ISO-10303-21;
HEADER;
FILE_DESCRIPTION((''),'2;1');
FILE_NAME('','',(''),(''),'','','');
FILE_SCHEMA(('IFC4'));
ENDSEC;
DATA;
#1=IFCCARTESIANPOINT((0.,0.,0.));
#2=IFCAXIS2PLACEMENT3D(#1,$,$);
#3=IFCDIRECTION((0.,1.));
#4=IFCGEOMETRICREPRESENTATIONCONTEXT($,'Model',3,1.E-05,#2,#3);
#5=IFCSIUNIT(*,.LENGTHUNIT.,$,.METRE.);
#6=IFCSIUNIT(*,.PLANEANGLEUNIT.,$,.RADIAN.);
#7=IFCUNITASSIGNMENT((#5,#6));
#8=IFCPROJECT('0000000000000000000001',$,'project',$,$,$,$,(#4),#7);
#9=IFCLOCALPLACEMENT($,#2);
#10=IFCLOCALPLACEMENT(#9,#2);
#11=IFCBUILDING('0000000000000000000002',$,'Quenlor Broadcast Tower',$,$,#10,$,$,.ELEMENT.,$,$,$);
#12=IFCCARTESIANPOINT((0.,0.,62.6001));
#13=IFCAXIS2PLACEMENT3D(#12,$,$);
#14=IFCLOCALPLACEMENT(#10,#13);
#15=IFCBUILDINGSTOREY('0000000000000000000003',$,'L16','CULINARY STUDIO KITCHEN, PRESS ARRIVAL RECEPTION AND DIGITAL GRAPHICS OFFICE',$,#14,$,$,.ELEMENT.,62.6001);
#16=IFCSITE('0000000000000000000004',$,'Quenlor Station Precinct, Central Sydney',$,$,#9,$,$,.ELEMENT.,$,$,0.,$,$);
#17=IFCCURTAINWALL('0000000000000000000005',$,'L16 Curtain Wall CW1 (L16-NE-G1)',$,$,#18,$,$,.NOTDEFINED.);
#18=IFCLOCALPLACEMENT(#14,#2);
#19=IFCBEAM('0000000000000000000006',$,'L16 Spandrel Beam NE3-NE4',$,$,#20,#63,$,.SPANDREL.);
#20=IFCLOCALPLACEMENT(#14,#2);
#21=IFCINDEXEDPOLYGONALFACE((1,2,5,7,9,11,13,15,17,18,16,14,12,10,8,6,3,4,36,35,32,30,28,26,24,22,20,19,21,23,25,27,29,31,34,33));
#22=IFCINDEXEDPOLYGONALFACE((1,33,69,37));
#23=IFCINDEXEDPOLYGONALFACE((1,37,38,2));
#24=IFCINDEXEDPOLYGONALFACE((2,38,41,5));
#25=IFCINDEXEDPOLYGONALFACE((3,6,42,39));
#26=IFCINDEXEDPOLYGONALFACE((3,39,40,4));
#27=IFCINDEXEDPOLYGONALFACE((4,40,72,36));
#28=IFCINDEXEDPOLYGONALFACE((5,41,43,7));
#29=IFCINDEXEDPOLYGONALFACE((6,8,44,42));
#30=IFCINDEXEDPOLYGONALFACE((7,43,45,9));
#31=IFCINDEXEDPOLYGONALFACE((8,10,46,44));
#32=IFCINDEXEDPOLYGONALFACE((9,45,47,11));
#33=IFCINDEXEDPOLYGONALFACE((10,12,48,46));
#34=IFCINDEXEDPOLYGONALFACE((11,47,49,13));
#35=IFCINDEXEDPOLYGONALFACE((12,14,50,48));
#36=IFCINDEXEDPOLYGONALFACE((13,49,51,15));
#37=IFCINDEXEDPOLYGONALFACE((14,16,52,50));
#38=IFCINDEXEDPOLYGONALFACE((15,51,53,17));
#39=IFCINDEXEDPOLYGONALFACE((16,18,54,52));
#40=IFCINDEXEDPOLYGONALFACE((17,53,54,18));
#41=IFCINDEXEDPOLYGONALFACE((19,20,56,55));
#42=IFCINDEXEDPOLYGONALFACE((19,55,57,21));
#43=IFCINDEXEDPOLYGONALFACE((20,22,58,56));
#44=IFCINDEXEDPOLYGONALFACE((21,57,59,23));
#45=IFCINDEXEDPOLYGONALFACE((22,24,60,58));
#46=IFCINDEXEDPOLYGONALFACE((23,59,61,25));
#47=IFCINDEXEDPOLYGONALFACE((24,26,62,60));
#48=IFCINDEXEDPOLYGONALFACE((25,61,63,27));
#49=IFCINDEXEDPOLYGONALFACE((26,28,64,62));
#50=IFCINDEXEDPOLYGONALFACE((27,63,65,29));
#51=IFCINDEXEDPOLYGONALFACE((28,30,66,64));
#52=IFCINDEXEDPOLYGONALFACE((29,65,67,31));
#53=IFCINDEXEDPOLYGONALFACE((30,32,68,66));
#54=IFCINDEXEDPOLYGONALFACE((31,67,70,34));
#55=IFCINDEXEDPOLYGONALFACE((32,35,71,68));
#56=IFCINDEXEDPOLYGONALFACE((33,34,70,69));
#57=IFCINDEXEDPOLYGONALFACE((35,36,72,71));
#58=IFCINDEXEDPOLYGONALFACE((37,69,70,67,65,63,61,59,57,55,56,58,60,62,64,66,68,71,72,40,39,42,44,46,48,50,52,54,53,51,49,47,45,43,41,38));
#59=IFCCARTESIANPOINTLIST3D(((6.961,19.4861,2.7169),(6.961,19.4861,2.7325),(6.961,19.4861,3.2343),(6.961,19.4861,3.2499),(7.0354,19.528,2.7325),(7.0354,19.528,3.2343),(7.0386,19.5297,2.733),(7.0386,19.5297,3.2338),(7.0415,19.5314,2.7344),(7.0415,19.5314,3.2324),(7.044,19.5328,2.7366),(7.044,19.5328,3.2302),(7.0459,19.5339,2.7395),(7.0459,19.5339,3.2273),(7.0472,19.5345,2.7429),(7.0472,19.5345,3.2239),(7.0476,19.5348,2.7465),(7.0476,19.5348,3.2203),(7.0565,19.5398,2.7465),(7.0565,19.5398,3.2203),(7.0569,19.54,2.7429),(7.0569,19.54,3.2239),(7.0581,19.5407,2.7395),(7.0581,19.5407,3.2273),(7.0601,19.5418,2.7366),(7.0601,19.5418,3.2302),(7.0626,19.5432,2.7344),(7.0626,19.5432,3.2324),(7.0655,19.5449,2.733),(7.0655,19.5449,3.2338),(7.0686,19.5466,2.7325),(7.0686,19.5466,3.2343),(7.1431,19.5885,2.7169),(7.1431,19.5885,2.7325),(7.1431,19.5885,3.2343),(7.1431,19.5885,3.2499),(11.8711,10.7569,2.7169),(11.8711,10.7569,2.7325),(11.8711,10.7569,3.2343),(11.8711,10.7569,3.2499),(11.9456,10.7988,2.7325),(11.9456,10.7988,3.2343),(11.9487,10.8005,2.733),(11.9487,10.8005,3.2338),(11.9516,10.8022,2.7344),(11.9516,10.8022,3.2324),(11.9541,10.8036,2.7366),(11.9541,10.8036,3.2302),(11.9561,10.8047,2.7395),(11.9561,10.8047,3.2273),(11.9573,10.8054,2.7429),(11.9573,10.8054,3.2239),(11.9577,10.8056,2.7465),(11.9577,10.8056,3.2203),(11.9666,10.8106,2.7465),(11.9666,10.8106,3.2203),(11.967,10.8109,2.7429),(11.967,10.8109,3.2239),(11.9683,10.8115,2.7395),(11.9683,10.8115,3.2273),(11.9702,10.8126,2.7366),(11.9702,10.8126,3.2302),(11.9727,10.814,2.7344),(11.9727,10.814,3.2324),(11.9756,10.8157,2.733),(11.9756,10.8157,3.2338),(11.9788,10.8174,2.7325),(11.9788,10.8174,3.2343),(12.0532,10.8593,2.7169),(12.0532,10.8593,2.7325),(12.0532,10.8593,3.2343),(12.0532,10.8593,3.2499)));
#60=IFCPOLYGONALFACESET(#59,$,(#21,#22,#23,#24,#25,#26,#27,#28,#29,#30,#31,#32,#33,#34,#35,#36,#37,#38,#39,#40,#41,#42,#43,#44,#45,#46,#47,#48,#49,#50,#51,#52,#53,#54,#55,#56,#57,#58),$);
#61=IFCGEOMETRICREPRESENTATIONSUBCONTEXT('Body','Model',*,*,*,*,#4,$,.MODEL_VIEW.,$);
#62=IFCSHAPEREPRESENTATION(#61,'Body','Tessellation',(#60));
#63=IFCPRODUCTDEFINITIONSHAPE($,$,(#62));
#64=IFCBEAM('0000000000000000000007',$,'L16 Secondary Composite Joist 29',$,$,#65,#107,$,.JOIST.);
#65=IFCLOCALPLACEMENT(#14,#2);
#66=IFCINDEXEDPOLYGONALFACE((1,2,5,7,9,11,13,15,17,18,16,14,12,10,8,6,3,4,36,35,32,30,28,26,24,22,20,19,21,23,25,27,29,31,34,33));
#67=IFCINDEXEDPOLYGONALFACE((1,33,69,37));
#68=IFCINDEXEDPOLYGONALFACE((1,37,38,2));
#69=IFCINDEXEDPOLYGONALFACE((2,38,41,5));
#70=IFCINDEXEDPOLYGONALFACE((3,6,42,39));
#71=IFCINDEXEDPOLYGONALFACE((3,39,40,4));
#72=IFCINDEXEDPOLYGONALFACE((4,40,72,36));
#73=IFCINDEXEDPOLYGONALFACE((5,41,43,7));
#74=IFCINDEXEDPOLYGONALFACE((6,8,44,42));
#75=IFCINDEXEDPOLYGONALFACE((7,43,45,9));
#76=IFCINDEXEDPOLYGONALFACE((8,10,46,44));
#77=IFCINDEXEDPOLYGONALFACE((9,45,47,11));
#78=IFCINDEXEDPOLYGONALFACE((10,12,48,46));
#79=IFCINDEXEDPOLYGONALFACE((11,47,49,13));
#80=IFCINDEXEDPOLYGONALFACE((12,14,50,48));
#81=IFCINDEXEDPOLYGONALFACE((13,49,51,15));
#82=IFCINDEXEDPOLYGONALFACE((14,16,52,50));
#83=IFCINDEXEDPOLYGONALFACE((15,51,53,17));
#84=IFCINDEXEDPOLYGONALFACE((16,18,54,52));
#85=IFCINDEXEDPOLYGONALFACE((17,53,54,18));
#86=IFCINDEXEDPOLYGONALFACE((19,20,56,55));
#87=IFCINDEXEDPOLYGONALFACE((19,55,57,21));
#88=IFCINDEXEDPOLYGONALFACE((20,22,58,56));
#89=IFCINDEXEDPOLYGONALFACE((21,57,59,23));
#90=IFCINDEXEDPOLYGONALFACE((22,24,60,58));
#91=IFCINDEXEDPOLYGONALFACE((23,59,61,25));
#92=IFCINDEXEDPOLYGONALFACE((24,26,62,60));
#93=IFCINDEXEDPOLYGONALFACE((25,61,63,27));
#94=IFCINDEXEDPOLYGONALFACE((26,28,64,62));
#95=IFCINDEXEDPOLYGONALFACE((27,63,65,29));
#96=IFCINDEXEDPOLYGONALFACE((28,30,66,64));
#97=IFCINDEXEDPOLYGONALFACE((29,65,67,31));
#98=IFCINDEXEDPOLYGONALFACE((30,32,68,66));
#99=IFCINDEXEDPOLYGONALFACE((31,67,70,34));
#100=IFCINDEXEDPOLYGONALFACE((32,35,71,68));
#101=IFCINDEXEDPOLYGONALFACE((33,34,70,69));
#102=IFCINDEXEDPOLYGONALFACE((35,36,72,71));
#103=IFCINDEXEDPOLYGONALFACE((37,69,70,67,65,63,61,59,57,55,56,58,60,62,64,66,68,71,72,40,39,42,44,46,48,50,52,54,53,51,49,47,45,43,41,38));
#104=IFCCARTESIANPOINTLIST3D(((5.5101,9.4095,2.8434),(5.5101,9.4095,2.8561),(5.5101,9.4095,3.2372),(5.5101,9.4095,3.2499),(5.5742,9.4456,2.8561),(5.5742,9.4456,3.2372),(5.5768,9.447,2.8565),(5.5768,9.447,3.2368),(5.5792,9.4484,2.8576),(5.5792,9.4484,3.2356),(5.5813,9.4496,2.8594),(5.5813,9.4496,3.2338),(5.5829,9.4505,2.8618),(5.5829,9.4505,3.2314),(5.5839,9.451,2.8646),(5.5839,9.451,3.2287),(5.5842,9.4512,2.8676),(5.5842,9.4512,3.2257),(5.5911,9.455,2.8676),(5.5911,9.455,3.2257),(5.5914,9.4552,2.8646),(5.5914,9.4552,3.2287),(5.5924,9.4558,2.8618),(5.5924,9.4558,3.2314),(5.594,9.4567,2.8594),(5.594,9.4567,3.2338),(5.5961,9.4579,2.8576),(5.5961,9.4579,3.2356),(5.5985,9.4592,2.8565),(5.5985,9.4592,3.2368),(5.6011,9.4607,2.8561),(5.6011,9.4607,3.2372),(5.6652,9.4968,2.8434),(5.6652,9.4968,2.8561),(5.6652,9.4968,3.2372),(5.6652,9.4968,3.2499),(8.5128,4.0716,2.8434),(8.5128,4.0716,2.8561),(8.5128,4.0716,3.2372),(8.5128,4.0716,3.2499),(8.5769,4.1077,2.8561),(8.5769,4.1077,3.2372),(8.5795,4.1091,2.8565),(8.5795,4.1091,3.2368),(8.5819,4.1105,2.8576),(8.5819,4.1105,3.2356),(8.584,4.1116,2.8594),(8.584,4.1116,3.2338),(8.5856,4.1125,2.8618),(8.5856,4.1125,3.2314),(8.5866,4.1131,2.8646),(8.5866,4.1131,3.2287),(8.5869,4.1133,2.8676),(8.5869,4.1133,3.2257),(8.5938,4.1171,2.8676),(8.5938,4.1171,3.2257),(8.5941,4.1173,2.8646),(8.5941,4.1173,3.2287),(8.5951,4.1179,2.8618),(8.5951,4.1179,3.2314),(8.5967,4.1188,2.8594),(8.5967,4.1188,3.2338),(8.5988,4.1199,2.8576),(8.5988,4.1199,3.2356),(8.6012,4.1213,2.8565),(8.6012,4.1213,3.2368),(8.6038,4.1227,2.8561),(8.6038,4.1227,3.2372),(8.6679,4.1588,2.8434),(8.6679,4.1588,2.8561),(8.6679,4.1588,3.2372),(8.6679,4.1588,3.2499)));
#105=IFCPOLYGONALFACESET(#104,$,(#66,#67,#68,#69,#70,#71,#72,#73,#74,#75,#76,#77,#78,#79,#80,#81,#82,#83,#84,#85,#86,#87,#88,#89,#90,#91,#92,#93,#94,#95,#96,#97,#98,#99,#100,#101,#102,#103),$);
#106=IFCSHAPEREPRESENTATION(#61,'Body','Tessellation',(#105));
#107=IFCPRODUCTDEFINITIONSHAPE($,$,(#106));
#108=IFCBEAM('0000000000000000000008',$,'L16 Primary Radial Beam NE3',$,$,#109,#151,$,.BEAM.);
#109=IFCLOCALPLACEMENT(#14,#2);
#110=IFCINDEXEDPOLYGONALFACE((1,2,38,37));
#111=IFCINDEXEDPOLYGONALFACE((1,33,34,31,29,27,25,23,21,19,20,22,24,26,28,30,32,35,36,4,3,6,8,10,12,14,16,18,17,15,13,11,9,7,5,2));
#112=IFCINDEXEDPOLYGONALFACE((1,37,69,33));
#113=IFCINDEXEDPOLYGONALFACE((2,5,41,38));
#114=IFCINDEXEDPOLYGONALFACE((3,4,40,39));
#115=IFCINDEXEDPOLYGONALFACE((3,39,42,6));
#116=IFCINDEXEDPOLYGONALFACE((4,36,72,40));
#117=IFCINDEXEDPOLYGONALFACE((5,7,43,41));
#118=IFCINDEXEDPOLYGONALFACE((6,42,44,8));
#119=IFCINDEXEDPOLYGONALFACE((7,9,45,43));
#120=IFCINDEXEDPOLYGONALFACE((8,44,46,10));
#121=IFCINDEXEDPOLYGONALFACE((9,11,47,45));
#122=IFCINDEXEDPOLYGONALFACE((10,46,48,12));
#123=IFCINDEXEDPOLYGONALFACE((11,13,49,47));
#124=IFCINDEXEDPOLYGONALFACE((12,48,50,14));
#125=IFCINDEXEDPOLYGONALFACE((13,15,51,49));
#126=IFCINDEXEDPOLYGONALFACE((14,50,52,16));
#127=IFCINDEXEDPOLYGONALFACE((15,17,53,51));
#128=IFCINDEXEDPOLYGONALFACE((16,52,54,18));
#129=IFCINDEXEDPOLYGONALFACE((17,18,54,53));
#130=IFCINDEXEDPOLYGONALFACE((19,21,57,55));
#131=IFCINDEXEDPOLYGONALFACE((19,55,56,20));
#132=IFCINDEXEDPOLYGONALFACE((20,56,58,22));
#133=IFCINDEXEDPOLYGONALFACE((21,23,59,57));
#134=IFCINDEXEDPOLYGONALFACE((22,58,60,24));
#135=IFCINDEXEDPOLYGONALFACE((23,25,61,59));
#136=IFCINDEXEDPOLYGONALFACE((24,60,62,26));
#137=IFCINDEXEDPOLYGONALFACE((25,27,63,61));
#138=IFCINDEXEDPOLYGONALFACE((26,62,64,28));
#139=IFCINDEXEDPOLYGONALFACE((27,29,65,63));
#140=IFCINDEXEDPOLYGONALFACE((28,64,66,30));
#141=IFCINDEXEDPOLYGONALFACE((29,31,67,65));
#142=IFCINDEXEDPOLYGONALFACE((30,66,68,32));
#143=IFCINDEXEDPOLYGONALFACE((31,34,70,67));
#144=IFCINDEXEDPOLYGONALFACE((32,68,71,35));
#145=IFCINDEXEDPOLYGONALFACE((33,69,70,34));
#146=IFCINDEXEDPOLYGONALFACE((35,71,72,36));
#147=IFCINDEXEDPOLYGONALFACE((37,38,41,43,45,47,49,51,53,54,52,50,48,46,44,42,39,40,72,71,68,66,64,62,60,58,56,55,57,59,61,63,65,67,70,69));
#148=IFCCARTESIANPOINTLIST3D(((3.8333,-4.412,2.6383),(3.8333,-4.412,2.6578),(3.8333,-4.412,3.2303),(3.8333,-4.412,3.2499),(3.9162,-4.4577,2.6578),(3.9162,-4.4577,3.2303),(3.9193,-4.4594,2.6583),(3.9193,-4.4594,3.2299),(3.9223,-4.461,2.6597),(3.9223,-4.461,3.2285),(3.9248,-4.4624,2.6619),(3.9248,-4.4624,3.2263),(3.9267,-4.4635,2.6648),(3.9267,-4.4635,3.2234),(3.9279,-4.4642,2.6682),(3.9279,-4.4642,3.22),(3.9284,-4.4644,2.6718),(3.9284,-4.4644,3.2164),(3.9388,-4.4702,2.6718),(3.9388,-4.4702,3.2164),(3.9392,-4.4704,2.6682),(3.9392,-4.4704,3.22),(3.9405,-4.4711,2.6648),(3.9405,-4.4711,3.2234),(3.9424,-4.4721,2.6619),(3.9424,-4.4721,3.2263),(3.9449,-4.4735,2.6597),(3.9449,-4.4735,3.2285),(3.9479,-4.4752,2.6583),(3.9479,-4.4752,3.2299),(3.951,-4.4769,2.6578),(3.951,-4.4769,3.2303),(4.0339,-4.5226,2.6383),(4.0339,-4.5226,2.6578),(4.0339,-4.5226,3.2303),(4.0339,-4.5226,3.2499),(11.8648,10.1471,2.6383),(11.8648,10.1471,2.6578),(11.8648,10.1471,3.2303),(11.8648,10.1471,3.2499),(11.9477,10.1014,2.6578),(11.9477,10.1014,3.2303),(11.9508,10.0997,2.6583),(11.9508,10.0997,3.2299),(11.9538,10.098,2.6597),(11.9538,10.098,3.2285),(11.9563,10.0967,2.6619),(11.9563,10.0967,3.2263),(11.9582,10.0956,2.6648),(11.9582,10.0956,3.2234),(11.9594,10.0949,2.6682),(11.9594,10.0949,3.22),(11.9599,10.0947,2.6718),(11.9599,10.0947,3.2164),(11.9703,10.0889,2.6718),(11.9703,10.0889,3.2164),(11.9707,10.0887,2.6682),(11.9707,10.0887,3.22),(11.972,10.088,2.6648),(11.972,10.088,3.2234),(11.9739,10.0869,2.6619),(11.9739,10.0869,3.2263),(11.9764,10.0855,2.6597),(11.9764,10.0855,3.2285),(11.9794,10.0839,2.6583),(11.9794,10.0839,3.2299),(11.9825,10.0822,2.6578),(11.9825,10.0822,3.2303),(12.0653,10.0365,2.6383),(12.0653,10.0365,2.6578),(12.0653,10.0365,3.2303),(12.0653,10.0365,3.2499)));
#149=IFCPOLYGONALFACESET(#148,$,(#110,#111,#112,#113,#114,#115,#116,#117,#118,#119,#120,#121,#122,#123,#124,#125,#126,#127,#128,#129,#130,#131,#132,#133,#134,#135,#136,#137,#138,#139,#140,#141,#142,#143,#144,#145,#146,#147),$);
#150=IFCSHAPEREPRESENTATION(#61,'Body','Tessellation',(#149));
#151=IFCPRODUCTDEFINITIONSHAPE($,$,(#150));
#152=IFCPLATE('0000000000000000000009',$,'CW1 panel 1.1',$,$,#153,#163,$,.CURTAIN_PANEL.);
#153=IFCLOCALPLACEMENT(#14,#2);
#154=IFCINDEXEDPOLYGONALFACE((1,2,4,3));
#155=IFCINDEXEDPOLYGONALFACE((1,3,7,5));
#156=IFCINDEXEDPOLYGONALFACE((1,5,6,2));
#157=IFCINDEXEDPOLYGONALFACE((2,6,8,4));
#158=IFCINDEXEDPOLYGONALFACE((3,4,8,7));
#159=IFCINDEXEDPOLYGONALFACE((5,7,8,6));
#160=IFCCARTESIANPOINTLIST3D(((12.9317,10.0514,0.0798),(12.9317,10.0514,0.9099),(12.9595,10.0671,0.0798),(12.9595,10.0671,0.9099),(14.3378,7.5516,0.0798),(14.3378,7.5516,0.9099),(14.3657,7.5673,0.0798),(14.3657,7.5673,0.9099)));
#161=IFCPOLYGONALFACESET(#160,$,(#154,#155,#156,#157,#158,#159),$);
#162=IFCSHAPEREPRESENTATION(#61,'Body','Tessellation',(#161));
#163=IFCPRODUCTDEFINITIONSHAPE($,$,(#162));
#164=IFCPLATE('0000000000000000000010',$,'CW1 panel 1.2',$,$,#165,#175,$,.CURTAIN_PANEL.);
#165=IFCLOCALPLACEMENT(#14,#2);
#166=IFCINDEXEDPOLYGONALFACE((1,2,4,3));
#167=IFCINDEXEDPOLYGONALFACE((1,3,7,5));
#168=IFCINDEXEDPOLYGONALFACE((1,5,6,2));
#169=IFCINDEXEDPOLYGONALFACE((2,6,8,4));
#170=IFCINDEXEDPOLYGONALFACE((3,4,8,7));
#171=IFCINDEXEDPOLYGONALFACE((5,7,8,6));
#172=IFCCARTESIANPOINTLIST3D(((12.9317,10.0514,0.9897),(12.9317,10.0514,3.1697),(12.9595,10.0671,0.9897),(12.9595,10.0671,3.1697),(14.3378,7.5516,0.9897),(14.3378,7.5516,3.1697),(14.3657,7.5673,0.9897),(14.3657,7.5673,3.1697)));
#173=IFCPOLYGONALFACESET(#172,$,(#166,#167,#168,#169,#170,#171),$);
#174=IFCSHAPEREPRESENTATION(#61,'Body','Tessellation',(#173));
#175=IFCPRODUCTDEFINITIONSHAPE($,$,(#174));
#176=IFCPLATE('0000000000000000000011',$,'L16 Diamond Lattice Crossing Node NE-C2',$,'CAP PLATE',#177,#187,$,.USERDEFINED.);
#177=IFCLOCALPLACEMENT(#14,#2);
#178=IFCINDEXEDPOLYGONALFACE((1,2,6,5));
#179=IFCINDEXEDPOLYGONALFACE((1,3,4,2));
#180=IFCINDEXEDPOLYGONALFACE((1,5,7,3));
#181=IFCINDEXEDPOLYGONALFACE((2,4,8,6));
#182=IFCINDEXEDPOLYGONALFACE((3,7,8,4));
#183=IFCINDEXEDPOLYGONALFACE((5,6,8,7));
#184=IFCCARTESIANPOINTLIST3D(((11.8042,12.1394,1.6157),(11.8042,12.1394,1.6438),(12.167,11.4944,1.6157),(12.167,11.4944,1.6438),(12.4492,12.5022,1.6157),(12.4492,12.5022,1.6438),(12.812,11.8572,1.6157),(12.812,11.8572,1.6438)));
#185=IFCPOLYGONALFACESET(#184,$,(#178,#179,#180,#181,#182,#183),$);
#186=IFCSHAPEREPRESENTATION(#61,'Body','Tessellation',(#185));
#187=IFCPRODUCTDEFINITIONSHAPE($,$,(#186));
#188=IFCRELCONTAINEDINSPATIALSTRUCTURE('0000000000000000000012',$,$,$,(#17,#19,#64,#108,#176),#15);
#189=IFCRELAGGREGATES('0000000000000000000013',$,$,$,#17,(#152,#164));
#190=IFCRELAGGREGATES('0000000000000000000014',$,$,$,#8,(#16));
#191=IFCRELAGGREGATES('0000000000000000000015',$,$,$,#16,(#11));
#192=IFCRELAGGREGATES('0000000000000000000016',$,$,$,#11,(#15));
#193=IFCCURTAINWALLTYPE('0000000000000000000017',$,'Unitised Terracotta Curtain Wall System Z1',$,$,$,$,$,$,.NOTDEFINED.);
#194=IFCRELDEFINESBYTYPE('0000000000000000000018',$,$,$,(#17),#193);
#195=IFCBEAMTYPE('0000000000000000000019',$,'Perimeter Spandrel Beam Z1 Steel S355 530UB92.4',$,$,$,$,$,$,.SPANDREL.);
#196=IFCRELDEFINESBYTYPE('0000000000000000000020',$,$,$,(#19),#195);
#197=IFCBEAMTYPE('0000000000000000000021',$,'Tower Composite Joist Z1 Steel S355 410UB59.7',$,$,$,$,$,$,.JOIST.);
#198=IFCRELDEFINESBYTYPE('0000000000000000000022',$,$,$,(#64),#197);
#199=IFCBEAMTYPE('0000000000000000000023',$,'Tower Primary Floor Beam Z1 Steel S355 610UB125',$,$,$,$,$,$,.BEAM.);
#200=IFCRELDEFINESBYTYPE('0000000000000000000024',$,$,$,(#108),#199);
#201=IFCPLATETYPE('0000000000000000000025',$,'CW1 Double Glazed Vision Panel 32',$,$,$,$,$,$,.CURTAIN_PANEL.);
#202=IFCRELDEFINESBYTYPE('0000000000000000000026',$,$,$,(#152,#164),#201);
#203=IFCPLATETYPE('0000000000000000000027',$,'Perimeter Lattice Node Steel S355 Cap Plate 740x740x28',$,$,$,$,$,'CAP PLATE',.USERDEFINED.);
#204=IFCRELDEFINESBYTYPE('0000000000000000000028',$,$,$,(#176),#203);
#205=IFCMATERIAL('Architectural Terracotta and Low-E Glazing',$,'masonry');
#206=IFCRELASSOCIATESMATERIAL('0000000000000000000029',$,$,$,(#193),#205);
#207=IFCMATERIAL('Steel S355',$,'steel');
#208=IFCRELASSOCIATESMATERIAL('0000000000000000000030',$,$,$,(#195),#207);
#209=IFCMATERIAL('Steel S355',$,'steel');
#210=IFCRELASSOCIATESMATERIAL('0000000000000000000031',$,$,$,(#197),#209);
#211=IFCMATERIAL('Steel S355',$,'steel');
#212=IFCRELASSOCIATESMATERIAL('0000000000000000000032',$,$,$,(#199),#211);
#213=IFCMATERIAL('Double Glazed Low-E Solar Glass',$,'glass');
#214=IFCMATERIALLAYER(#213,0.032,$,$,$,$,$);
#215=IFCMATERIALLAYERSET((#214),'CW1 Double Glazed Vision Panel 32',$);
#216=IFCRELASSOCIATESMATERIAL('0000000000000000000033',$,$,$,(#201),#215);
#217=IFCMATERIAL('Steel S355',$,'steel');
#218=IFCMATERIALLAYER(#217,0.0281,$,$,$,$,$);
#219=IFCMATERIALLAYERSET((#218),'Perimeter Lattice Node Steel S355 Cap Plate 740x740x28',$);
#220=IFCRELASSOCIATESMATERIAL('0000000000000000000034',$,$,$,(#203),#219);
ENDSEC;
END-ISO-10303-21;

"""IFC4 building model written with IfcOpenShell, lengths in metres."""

from ifc_helpers import new_model, si_unit, direction, frame, origin, origin_2d, place, context, subcontext, project, spatial, rectangle, i_section, extrude, material, layer, layer_set, material_profile, profile_set, type_object, element, aggregate, save


model = new_model("IFC4")

# Units and contexts
model_context = context("Model", 3, precision=1e-05, world=origin(), true_north=direction((0.0, 1.0)))
body_context = subcontext(model_context, "Body", "Model", "MODEL_VIEW")
ifc_project = project(units=[si_unit("LENGTHUNIT", "METRE"), si_unit("PLANEANGLEUNIT", "RADIAN")], contexts=[model_context])

# Site, building, storey
site_placement = place(None, origin())
site = spatial("IfcSite", under=ifc_project, at=site_placement, Name="Quenlor Station Precinct, Central Sydney", CompositionType="ELEMENT", RefElevation=0.0)
building_placement = place(site_placement, origin())
building = spatial("IfcBuilding", under=site, at=building_placement, Name="Quenlor Broadcast Tower", CompositionType="ELEMENT")
storey_placement = place(building_placement, frame((0.0, 0.0, 62.6001)))
storey = spatial("IfcBuildingStorey", under=building, at=storey_placement, Name="L16", Description="CULINARY STUDIO KITCHEN, PRESS ARRIVAL RECEPTION AND DIGITAL GRAPHICS OFFICE", CompositionType="ELEMENT", Elevation=62.6001)

# Curtain wall
ifc_material_1 = material(Name="Architectural Terracotta and Low-E Glazing", Category="masonry")
curtain_wall_type = type_object("IfcCurtainWallType", Name="Unitised Terracotta Curtain Wall System Z1", PredefinedType="NOTDEFINED", material=ifc_material_1)
curtain_wall_placement = place(storey_placement, origin())
curtain_wall = element("IfcCurtainWall", 1, at=curtain_wall_placement, inside=storey, type_object=curtain_wall_type, Name="L16 Curtain Wall CW1 (L16-NE-G1)", PredefinedType="NOTDEFINED")

# Beams
ifc_material_2 = material(Name="Steel S355", Category="steel")
ifc_material_profile_1 = material_profile(ifc_material_2, i_section(OverallWidth=0.209, OverallDepth=0.533, WebThickness=0.0103, FlangeThickness=0.0156, FilletRadius=0.0139, at=origin_2d()))
ifc_profile_set_1 = profile_set([ifc_material_profile_1], Name="Steel S355 530UB92.4")
beam_type_1 = type_object("IfcBeamType", Name="Perimeter Spandrel Beam Z1 Steel S355 530UB92.4", PredefinedType="SPANDREL", material=ifc_profile_set_1)
beam_1_placement = place(storey_placement, frame((11.9622, 10.8081, 2.9834), z_axis=(-0.490258, 0.871577, 0.0), x_axis=(-0.871577, -0.490258, 0.0)))
element("IfcBeam", 2, at=beam_1_placement, inside=storey, type_object=beam_type_1, Name="L16 Spandrel Beam NE3-NE4", PredefinedType="SPANDREL", context=body_context, shape_type="SweptSolid", body=[
    extrude(i_section(OverallWidth=0.209, OverallDepth=0.533, WebThickness=0.0103, FlangeThickness=0.0156, FilletRadius=0.0139, at=origin_2d()), origin(), (0.0, 0.0, 1.0), 10.0154),
])
ifc_material_3 = material(Name="Steel S355", Category="steel")
ifc_material_profile_2 = material_profile(ifc_material_3, i_section(OverallWidth=0.178, OverallDepth=0.4065, WebThickness=0.0078, FlangeThickness=0.0127, FilletRadius=0.0115, at=origin_2d()))
ifc_profile_set_2 = profile_set([ifc_material_profile_2], Name="Steel S355 410UB59.7")
beam_type_2 = type_object("IfcBeamType", Name="Tower Composite Joist Z1 Steel S355 410UB59.7", PredefinedType="JOIST", material=ifc_profile_set_2)
beam_2_placement = place(storey_placement, frame((5.5876, 9.4531, 3.0466), z_axis=(0.490276, -0.871567, 0.0), x_axis=(0.871567, 0.490276, 0.0)))
element("IfcBeam", 3, at=beam_2_placement, inside=storey, type_object=beam_type_2, Name="L16 Secondary Composite Joist 29", PredefinedType="JOIST", context=body_context, shape_type="SweptSolid", body=[
    extrude(i_section(OverallWidth=0.178, OverallDepth=0.4065, WebThickness=0.0078, FlangeThickness=0.0127, FilletRadius=0.0115, at=origin_2d()), origin(), (0.0, 0.0, 1.0), 6.1245),
])
ifc_material_4 = material(Name="Steel S355", Category="steel")
ifc_material_profile_3 = material_profile(ifc_material_4, i_section(OverallWidth=0.229, OverallDepth=0.6116, WebThickness=0.012, FlangeThickness=0.0195, FilletRadius=0.0139, at=origin_2d()))
ifc_profile_set_3 = profile_set([ifc_material_profile_3], Name="Steel S355 610UB125")
beam_type_3 = type_object("IfcBeamType", Name="Tower Primary Floor Beam Z1 Steel S355 610UB125", PredefinedType="BEAM", material=ifc_profile_set_3)
beam_3_placement = place(storey_placement, frame((11.9651, 10.0918, 2.9441), z_axis=(-0.483026, -0.875606, 0.0), x_axis=(0.875606, -0.483026, 0.0)))
element("IfcBeam", 4, at=beam_3_placement, inside=storey, type_object=beam_type_3, Name="L16 Primary Radial Beam NE3", PredefinedType="BEAM", context=body_context, shape_type="SweptSolid", body=[
    extrude(i_section(OverallWidth=0.229, OverallDepth=0.6116, WebThickness=0.012, FlangeThickness=0.0195, FilletRadius=0.0139, at=origin_2d()), origin(), (0.0, 0.0, 1.0), 16.6274),
])

# Plates
ifc_material_5 = material(Name="Double Glazed Low-E Solar Glass", Category="glass")
ifc_layer_1 = layer(ifc_material_5, 0.032)
ifc_layer_set_1 = layer_set([ifc_layer_1], Name="CW1 Double Glazed Vision Panel 32")
plate_type_1 = type_object("IfcPlateType", Name="CW1 Double Glazed Vision Panel 32", PredefinedType="CURTAIN_PANEL", material=ifc_layer_set_1)
plate_1_placement = place(storey_placement, frame((13.6487, 8.8093, 0.0798), z_axis=(0.0, 0.0, 1.0), x_axis=(0.490274, -0.871568, 0.0)))
plate_1 = element("IfcPlate", 5, at=plate_1_placement, type_object=plate_type_1, Name="CW1 panel 1.1", PredefinedType="CURTAIN_PANEL", context=body_context, shape_type="SweptSolid", body=[
    extrude(rectangle(XDim=2.8682, YDim=0.032, at=origin_2d()), origin(), (0.0, 0.0, 1.0), 0.8301),
])
plate_2_placement = place(storey_placement, frame((13.6487, 8.8093, 0.9897), z_axis=(0.0, 0.0, 1.0), x_axis=(0.490274, -0.871568, 0.0)))
plate_2 = element("IfcPlate", 6, at=plate_2_placement, type_object=plate_type_1, Name="CW1 panel 1.2", PredefinedType="CURTAIN_PANEL", context=body_context, shape_type="SweptSolid", body=[
    extrude(rectangle(XDim=2.8682, YDim=0.032, at=origin_2d()), origin(), (0.0, 0.0, 1.0), 2.1799),
])
aggregate(curtain_wall, [plate_1, plate_2])

# Plate
ifc_material_6 = material(Name="Steel S355", Category="steel")
ifc_layer_2 = layer(ifc_material_6, 0.0281)
ifc_layer_set_2 = layer_set([ifc_layer_2], Name="Perimeter Lattice Node Steel S355 Cap Plate 740x740x28")
plate_type_2 = type_object("IfcPlateType", Name="Perimeter Lattice Node Steel S355 Cap Plate 740x740x28", ElementType="CAP PLATE", PredefinedType="USERDEFINED", material=ifc_layer_set_2)
for number, where, z_axis, x_axis, name in (
    (7, (12.3081, 11.9983, 1.6157), (0.0, 0.0, 1.0), (0.490295, -0.871556, 0.0), "L16 Diamond Lattice Crossing Node NE-C2"),
):
    element("IfcPlate", number, at=place(storey_placement, frame(where, z_axis=z_axis, x_axis=x_axis)), inside=storey, type_object=plate_type_2, Name=name, ObjectType="CAP PLATE", PredefinedType="USERDEFINED", context=body_context, shape_type="SweptSolid", body=[
        extrude(rectangle(XDim=0.74, YDim=0.74, at=origin_2d()), origin(), (0.0, 0.0, 1.0), 0.0281),
    ])

save(model, "model.ifc")
